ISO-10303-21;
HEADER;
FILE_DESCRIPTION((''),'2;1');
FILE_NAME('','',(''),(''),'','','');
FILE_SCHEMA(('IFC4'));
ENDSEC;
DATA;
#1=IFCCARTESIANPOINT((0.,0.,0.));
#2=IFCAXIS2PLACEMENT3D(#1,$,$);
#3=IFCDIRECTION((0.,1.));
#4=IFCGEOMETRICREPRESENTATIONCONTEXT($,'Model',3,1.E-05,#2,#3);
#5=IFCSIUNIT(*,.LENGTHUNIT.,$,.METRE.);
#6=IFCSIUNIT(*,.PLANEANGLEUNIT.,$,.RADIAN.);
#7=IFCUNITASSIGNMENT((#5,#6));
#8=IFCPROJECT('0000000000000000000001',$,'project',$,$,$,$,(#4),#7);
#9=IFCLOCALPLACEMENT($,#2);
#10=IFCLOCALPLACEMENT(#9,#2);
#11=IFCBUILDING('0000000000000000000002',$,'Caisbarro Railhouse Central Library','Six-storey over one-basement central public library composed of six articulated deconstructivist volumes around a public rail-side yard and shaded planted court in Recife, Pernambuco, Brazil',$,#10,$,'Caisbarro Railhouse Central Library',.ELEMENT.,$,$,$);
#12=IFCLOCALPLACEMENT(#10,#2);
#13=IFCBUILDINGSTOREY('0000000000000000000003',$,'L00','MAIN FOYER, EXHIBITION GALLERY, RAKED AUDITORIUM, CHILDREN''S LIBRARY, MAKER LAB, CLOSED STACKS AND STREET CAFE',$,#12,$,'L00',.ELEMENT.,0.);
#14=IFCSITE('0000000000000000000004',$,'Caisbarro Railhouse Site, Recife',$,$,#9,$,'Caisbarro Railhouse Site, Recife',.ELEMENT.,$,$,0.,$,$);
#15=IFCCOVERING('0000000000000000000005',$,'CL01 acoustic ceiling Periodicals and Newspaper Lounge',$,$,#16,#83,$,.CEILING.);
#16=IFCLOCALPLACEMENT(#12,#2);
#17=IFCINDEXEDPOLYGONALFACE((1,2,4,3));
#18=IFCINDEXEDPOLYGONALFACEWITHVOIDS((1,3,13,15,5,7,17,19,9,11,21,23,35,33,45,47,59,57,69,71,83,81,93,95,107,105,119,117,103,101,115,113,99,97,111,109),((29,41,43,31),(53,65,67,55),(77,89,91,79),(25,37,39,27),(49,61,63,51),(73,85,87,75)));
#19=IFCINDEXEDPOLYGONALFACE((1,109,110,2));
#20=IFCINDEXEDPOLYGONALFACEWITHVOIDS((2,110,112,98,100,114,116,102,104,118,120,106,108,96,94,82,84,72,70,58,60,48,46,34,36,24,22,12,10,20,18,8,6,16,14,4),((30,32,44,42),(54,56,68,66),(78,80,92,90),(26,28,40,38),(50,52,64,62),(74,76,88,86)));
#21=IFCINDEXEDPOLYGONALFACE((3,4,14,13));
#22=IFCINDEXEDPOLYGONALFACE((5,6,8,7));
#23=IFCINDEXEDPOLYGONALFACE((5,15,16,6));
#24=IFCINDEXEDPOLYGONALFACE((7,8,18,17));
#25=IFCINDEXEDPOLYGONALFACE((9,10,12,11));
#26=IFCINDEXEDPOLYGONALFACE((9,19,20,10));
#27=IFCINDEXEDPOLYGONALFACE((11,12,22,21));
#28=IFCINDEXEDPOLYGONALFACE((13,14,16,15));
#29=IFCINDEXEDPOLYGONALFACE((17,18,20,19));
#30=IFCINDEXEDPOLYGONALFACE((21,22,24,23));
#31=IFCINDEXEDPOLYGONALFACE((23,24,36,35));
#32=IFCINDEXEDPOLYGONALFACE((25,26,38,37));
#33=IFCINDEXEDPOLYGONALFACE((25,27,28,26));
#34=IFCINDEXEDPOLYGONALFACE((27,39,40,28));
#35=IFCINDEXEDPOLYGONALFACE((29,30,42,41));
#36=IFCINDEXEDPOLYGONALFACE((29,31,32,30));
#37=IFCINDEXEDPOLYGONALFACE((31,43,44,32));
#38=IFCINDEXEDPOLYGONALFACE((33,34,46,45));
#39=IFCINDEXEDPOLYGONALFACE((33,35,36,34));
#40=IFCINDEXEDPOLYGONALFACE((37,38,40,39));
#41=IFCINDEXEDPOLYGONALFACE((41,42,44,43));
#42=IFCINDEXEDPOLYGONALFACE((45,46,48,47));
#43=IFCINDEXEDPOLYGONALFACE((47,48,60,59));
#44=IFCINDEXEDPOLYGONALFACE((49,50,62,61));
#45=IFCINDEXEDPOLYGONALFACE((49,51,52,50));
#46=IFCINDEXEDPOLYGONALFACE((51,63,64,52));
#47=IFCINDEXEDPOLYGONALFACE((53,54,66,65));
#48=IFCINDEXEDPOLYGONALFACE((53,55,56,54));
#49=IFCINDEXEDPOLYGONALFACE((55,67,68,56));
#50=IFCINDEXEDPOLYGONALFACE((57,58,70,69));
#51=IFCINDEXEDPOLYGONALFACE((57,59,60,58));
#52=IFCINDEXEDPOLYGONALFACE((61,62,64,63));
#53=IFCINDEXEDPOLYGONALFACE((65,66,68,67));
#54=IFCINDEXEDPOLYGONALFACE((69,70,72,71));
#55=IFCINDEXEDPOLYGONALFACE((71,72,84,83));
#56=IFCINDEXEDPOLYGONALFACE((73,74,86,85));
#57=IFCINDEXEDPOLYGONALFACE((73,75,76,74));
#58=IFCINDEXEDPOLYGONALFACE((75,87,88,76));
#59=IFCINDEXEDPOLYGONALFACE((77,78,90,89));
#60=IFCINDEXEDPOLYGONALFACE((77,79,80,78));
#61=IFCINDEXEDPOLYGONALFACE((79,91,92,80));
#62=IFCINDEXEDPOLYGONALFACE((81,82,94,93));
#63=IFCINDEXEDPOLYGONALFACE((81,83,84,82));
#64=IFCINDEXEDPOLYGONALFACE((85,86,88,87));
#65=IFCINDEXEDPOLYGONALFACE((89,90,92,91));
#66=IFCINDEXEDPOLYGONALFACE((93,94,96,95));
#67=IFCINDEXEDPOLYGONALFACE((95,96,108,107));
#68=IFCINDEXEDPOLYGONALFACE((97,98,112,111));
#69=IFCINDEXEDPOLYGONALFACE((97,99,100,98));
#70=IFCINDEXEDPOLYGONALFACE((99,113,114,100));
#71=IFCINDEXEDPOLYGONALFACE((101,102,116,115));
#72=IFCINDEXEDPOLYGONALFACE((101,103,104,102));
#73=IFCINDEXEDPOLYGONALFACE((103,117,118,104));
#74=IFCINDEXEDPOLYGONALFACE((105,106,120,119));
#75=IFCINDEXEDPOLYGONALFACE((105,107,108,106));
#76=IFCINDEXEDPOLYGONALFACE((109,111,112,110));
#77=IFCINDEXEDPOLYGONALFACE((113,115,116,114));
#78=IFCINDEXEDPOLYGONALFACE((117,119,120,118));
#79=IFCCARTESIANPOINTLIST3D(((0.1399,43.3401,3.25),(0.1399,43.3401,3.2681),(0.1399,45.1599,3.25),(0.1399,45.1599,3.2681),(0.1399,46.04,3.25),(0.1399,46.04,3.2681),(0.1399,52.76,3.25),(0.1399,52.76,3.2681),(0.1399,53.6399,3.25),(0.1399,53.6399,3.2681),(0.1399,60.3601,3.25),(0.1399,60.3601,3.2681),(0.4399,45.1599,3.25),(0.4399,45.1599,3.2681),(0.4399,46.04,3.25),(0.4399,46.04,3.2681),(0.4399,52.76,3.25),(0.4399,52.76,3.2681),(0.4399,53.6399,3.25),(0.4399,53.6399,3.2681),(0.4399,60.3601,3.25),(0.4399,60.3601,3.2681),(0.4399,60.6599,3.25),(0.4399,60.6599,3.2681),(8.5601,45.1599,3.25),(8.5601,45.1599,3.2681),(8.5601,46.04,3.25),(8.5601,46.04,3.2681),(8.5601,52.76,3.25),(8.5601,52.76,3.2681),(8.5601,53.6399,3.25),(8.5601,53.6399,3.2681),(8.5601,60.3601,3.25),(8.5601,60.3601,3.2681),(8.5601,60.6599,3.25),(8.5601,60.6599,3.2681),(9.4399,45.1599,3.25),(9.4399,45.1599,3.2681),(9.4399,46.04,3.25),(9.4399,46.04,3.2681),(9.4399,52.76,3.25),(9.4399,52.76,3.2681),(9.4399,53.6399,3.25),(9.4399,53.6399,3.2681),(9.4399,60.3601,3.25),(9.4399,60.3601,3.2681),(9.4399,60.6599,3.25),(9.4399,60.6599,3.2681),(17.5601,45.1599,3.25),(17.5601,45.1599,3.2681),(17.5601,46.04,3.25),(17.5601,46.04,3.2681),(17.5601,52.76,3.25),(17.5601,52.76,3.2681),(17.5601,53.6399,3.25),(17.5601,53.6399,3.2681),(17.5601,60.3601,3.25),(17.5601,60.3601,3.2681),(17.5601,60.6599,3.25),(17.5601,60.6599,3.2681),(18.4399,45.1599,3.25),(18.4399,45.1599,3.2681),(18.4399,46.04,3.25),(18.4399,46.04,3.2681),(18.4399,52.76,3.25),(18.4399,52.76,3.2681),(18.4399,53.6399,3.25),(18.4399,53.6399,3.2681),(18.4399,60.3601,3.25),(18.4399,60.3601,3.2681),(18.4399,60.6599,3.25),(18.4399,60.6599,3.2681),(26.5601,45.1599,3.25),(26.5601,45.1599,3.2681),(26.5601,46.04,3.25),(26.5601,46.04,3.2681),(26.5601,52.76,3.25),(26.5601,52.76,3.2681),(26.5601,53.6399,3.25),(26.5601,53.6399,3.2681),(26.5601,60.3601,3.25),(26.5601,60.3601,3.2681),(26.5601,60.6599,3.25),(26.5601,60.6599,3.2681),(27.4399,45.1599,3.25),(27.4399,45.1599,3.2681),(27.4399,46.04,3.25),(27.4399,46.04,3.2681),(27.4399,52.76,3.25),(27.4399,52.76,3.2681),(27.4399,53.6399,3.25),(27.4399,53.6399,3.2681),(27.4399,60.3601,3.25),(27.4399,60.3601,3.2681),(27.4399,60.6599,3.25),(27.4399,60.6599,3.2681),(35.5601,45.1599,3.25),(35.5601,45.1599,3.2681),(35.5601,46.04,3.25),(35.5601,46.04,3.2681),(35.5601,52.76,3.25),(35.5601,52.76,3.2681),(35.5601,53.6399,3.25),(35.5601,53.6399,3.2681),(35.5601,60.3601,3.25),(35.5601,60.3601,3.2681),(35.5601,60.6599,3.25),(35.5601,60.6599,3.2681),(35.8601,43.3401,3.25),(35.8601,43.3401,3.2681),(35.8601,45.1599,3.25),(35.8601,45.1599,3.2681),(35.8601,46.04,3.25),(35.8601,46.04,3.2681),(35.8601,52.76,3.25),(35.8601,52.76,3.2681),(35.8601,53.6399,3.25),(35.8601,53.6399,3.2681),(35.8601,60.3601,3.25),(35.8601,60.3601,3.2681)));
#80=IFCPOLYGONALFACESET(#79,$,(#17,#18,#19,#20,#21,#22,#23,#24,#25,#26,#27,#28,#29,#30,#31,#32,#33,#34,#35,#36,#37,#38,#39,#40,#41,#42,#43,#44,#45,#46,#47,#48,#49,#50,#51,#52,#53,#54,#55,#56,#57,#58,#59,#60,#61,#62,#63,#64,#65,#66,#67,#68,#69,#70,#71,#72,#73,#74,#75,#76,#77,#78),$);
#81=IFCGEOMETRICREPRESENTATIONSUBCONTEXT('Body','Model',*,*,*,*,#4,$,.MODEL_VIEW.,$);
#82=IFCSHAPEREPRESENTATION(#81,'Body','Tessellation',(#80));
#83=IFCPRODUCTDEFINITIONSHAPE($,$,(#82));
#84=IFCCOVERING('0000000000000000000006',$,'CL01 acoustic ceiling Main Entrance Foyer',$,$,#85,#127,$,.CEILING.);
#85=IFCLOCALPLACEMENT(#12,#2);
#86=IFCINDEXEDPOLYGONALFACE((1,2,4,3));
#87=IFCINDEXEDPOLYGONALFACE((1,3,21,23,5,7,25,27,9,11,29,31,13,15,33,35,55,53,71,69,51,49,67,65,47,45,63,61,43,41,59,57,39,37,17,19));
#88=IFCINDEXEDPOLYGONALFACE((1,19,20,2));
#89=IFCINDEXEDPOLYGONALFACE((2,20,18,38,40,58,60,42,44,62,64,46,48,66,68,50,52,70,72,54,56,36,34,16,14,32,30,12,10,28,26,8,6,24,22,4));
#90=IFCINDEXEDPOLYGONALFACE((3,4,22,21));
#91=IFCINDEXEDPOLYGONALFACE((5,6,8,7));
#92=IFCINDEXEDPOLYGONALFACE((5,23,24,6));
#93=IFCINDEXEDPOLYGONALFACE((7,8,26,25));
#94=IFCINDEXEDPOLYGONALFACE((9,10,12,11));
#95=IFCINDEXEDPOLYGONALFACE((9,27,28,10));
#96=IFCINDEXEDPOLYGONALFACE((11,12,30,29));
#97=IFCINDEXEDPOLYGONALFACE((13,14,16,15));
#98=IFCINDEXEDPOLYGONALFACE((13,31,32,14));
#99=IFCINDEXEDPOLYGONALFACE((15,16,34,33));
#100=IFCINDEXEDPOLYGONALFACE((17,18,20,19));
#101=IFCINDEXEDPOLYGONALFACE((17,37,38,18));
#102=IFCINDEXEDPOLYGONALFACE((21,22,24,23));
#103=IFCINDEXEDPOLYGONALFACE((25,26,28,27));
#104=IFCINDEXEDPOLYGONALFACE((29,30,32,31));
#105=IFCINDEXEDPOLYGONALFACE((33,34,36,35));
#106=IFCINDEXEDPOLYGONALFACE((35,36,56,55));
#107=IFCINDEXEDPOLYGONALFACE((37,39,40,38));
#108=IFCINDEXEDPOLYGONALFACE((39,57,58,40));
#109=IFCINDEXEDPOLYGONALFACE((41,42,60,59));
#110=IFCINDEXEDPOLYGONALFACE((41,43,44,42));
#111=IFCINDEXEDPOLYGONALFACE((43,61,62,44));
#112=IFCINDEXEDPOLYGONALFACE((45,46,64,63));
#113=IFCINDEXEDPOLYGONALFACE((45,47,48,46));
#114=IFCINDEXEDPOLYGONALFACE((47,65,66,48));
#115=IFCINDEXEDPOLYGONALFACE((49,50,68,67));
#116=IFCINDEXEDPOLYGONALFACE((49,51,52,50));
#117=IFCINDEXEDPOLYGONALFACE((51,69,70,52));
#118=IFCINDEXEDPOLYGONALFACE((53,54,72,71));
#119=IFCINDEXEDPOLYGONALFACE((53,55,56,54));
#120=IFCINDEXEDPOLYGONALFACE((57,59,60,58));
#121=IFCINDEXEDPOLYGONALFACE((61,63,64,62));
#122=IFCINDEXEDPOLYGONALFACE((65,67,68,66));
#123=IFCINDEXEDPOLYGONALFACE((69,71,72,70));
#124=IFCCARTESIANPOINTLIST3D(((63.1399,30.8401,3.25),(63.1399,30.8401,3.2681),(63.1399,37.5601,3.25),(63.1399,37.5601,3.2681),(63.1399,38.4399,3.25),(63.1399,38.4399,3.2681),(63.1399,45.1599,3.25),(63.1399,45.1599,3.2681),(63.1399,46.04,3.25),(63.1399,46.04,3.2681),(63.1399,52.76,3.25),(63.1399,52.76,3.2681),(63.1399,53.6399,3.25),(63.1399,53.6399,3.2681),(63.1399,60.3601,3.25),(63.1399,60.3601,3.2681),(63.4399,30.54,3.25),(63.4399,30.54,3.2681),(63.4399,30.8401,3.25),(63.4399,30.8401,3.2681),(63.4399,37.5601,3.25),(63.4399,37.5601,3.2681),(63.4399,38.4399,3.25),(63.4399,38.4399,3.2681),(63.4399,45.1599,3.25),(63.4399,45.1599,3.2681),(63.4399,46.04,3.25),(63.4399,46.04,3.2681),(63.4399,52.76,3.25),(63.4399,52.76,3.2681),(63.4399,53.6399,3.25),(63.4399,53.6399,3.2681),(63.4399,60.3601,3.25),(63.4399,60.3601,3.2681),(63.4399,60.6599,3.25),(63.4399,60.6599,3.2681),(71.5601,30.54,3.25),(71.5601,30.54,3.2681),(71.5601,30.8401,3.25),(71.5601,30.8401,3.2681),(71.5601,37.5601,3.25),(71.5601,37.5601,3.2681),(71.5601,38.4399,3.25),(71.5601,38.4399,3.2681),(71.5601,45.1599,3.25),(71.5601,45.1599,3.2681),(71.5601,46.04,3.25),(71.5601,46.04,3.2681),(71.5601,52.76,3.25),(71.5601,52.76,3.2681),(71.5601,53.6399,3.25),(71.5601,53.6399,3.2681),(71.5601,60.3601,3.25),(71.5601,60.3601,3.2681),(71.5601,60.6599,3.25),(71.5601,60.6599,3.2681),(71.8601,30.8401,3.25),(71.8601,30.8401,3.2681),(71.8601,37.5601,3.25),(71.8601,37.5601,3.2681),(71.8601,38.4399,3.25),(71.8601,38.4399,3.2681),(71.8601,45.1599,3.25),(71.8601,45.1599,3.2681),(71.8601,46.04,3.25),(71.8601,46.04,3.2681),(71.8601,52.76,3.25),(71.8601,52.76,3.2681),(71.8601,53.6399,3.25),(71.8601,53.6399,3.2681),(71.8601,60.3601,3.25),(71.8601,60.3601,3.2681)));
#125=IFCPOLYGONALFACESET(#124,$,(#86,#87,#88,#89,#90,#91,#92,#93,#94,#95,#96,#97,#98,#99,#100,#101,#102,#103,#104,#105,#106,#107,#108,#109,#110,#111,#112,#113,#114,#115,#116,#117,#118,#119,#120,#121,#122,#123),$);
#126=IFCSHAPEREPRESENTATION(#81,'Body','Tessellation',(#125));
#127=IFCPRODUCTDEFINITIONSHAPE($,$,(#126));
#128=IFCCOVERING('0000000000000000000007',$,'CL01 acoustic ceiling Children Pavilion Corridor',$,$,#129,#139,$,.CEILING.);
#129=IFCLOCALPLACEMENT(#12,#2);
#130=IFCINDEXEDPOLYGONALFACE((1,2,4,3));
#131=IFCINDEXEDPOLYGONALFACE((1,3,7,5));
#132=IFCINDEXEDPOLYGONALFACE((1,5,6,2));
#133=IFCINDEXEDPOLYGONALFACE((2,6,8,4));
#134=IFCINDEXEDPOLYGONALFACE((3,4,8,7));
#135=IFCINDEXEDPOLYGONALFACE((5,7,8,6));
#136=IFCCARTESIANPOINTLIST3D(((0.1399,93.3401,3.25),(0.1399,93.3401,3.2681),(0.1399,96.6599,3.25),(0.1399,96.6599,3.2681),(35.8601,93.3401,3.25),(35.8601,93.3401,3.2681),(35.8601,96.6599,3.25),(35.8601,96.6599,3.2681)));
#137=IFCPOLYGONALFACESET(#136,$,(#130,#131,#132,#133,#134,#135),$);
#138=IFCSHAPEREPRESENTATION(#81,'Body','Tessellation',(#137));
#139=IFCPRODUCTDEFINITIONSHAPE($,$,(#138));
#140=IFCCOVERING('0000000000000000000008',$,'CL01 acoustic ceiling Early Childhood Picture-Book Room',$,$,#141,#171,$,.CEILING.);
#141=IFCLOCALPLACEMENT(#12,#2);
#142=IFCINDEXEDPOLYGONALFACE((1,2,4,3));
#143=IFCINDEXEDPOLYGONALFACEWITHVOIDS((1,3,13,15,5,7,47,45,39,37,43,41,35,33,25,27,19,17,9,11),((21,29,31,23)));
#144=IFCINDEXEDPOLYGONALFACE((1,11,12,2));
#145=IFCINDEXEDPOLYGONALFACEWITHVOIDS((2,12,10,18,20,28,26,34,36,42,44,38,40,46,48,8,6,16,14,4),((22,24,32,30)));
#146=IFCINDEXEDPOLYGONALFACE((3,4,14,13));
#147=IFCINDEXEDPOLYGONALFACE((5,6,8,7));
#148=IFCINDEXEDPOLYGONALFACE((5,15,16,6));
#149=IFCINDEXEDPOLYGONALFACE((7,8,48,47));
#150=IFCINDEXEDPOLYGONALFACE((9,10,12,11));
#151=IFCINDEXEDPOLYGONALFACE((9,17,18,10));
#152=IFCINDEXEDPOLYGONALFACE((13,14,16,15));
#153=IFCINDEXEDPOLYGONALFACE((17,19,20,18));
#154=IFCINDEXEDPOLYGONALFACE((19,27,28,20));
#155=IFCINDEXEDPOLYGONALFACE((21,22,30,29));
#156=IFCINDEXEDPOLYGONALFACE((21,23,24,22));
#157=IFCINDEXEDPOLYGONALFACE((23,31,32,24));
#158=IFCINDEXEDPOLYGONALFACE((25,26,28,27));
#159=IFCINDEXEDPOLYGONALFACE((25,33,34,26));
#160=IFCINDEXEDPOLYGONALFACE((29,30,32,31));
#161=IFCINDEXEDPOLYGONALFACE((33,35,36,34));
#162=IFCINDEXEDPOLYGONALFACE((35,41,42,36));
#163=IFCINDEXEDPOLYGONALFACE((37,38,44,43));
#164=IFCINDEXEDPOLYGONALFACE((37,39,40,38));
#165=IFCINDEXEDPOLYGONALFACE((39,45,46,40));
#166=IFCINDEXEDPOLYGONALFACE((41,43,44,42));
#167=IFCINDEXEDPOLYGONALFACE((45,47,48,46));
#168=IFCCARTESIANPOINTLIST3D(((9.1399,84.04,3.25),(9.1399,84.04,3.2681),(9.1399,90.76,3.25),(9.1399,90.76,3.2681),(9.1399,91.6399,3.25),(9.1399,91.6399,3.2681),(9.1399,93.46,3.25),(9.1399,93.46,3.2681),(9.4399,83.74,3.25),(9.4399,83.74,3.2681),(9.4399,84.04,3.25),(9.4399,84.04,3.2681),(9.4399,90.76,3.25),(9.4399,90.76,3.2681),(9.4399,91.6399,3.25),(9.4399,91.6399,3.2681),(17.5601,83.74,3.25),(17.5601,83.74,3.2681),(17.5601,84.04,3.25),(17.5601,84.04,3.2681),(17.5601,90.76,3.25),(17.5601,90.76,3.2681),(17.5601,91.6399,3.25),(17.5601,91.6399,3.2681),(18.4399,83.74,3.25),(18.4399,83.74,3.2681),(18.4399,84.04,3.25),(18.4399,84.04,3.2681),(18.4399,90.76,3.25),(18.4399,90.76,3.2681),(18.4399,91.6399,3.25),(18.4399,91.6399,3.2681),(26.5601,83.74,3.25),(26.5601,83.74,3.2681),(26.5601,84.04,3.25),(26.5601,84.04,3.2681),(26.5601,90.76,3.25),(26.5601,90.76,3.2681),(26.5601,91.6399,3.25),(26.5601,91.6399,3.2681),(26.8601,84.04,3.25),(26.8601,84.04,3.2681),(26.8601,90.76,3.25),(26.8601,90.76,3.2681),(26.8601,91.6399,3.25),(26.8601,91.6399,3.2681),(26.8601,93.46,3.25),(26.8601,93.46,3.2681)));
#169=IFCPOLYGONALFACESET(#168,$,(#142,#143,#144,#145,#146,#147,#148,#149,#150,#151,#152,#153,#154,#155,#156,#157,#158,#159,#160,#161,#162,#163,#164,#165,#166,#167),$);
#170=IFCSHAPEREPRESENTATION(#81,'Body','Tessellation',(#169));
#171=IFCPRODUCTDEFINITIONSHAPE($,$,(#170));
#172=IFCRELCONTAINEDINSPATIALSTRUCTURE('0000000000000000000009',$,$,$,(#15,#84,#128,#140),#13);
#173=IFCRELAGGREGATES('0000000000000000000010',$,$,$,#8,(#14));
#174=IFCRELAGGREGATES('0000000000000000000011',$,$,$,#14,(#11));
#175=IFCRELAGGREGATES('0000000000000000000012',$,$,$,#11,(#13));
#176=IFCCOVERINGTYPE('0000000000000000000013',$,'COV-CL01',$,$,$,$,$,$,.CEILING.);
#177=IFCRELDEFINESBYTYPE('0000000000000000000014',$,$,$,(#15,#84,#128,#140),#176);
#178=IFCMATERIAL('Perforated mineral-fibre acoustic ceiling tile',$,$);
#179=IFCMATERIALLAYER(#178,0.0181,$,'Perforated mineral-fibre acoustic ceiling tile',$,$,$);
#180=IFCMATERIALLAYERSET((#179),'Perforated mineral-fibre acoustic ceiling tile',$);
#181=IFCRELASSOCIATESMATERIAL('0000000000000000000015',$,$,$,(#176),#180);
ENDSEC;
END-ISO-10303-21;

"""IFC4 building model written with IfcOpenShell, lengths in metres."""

from ifc_helpers import new_model, si_unit, direction, frame, origin, place, context, subcontext, project, spatial, polyline, outline, extrude, material, layer, layer_set, type_object, element, save


model = new_model("IFC4")

# Units and contexts
model_context = context("Model", 3, precision=1e-05, world=origin(), true_north=direction((0.0, 1.0)))
body_context = subcontext(model_context, "Body", "Model", "MODEL_VIEW")
ifc_project = project(units=[si_unit("LENGTHUNIT", "METRE"), si_unit("PLANEANGLEUNIT", "RADIAN")], contexts=[model_context])

# Site, building, storey
site_placement = place(None, origin())
site = spatial("IfcSite", under=ifc_project, at=site_placement, Name="Caisbarro Railhouse Site, Recife", LongName="Caisbarro Railhouse Site, Recife", CompositionType="ELEMENT", RefElevation=0.0)
building_placement = place(site_placement, origin())
building = spatial("IfcBuilding", under=site, at=building_placement, Name="Caisbarro Railhouse Central Library", Description="Six-storey over one-basement central public library composed of six articulated deconstructivist volumes around a public rail-side yard and shaded planted court in Recife, Pernambuco, Brazil", LongName="Caisbarro Railhouse Central Library", CompositionType="ELEMENT")
storey_placement = place(building_placement, origin())
storey = spatial("IfcBuildingStorey", under=building, at=storey_placement, Name="L00", Description="MAIN FOYER, EXHIBITION GALLERY, RAKED AUDITORIUM, CHILDREN'S LIBRARY, MAKER LAB, CLOSED STACKS AND STREET CAFE", LongName="L00", CompositionType="ELEMENT", Elevation=0.0)

# Coverings
ifc_material_1 = material(Name="Perforated mineral-fibre acoustic ceiling tile")
ifc_layer_1 = layer(ifc_material_1, 0.0181, Name="Perforated mineral-fibre acoustic ceiling tile")
ifc_layer_set_1 = layer_set([ifc_layer_1], Name="Perforated mineral-fibre acoustic ceiling tile")
covering_type_1 = type_object("IfcCoveringType", Name="COV-CL01", PredefinedType="CEILING", material=ifc_layer_set_1)
covering_1_placement = place(storey_placement, frame((0.0, 0.0, 3.25)))
element("IfcCovering", 1, at=covering_1_placement, inside=storey, type_object=covering_type_1, Name="CL01 acoustic ceiling Periodicals and Newspaper Lounge", PredefinedType="CEILING", context=body_context, shape_type="SweptSolid", body=[
    extrude(outline(polyline([(9.4399, 60.6599), (17.5601, 60.6599), (17.5601, 60.3601), (18.4399, 60.3601), (18.4399, 60.6599), (26.5601, 60.6599), (26.5601, 60.3601), (27.4399, 60.3601), (27.4399, 60.6599), (35.5601, 60.6599), (35.5601, 60.3601), (35.8601, 60.3601), (35.8601, 53.6399), (35.5601, 53.6399), (35.5601, 52.76), (35.8601, 52.76), (35.8601, 46.04), (35.5601, 46.04), (35.5601, 45.1599), (35.8601, 45.1599), (35.8601, 43.3401), (0.1399, 43.3401), (0.1399, 45.1599), (0.4399, 45.1599), (0.4399, 46.04), (0.1399, 46.04), (0.1399, 52.76), (0.4399, 52.76), (0.4399, 53.6399), (0.1399, 53.6399), (0.1399, 60.3601), (0.4399, 60.3601), (0.4399, 60.6599), (8.5601, 60.6599), (8.5601, 60.3601), (9.4399, 60.3601), (9.4399, 60.6599)]), holes=[polyline([(9.4399, 45.1599), (9.4399, 46.04), (8.5601, 46.04), (8.5601, 45.1599), (9.4399, 45.1599)]), polyline([(8.5601, 52.76), (9.4399, 52.76), (9.4399, 53.6399), (8.5601, 53.6399), (8.5601, 52.76)]), polyline([(18.4399, 46.04), (17.5601, 46.04), (17.5601, 45.1599), (18.4399, 45.1599), (18.4399, 46.04)]), polyline([(18.4399, 52.76), (18.4399, 53.6399), (17.5601, 53.6399), (17.5601, 52.76), (18.4399, 52.76)]), polyline([(26.5601, 46.04), (26.5601, 45.1599), (27.4399, 45.1599), (27.4399, 46.04), (26.5601, 46.04)]), polyline([(27.4399, 53.6399), (26.5601, 53.6399), (26.5601, 52.76), (27.4399, 52.76), (27.4399, 53.6399)])]), origin(), (0.0, 0.0, 1.0), 0.0181),
])
covering_2_placement = place(storey_placement, frame((0.0, 0.0, 3.25)))
element("IfcCovering", 2, at=covering_2_placement, inside=storey, type_object=covering_type_1, Name="CL01 acoustic ceiling Main Entrance Foyer", PredefinedType="CEILING", context=body_context, shape_type="SweptSolid", body=[
    extrude(outline(polyline([(63.1399, 38.4399), (63.1399, 45.1599), (63.4399, 45.1599), (63.4399, 46.04), (63.1399, 46.04), (63.1399, 52.76), (63.4399, 52.76), (63.4399, 53.6399), (63.1399, 53.6399), (63.1399, 60.3601), (63.4399, 60.3601), (63.4399, 60.6599), (71.5601, 60.6599), (71.5601, 60.3601), (71.8601, 60.3601), (71.8601, 53.6399), (71.5601, 53.6399), (71.5601, 52.76), (71.8601, 52.76), (71.8601, 46.04), (71.5601, 46.04), (71.5601, 45.1599), (71.8601, 45.1599), (71.8601, 38.4399), (71.5601, 38.4399), (71.5601, 37.5601), (71.8601, 37.5601), (71.8601, 30.8401), (71.5601, 30.8401), (71.5601, 30.54), (63.4399, 30.54), (63.4399, 30.8401), (63.1399, 30.8401), (63.1399, 37.5601), (63.4399, 37.5601), (63.4399, 38.4399), (63.1399, 38.4399)])), origin(), (0.0, 0.0, 1.0), 0.0181),
])
covering_3_placement = place(storey_placement, frame((0.0, 0.0, 3.25)))
element("IfcCovering", 3, at=covering_3_placement, inside=storey, type_object=covering_type_1, Name="CL01 acoustic ceiling Children Pavilion Corridor", PredefinedType="CEILING", context=body_context, shape_type="SweptSolid", body=[
    extrude(outline(polyline([(0.1399, 93.3401), (0.1399, 96.6599), (35.8601, 96.6599), (35.8601, 93.3401), (0.1399, 93.3401)])), origin(), (0.0, 0.0, 1.0), 0.0181),
])
covering_4_placement = place(storey_placement, frame((0.0, 0.0, 3.25)))
element("IfcCovering", 4, at=covering_4_placement, inside=storey, type_object=covering_type_1, Name="CL01 acoustic ceiling Early Childhood Picture-Book Room", PredefinedType="CEILING", context=body_context, shape_type="SweptSolid", body=[
    extrude(outline(polyline([(17.5601, 84.04), (17.5601, 83.74), (9.4399, 83.74), (9.4399, 84.04), (9.1399, 84.04), (9.1399, 90.76), (9.4399, 90.76), (9.4399, 91.6399), (9.1399, 91.6399), (9.1399, 93.46), (26.8601, 93.46), (26.8601, 91.6399), (26.5601, 91.6399), (26.5601, 90.76), (26.8601, 90.76), (26.8601, 84.04), (26.5601, 84.04), (26.5601, 83.74), (18.4399, 83.74), (18.4399, 84.04), (17.5601, 84.04)]), holes=[polyline([(17.5601, 90.76), (18.4399, 90.76), (18.4399, 91.6399), (17.5601, 91.6399), (17.5601, 90.76)])]), origin(), (0.0, 0.0, 1.0), 0.0181),
])

save(model, "model.ifc")
